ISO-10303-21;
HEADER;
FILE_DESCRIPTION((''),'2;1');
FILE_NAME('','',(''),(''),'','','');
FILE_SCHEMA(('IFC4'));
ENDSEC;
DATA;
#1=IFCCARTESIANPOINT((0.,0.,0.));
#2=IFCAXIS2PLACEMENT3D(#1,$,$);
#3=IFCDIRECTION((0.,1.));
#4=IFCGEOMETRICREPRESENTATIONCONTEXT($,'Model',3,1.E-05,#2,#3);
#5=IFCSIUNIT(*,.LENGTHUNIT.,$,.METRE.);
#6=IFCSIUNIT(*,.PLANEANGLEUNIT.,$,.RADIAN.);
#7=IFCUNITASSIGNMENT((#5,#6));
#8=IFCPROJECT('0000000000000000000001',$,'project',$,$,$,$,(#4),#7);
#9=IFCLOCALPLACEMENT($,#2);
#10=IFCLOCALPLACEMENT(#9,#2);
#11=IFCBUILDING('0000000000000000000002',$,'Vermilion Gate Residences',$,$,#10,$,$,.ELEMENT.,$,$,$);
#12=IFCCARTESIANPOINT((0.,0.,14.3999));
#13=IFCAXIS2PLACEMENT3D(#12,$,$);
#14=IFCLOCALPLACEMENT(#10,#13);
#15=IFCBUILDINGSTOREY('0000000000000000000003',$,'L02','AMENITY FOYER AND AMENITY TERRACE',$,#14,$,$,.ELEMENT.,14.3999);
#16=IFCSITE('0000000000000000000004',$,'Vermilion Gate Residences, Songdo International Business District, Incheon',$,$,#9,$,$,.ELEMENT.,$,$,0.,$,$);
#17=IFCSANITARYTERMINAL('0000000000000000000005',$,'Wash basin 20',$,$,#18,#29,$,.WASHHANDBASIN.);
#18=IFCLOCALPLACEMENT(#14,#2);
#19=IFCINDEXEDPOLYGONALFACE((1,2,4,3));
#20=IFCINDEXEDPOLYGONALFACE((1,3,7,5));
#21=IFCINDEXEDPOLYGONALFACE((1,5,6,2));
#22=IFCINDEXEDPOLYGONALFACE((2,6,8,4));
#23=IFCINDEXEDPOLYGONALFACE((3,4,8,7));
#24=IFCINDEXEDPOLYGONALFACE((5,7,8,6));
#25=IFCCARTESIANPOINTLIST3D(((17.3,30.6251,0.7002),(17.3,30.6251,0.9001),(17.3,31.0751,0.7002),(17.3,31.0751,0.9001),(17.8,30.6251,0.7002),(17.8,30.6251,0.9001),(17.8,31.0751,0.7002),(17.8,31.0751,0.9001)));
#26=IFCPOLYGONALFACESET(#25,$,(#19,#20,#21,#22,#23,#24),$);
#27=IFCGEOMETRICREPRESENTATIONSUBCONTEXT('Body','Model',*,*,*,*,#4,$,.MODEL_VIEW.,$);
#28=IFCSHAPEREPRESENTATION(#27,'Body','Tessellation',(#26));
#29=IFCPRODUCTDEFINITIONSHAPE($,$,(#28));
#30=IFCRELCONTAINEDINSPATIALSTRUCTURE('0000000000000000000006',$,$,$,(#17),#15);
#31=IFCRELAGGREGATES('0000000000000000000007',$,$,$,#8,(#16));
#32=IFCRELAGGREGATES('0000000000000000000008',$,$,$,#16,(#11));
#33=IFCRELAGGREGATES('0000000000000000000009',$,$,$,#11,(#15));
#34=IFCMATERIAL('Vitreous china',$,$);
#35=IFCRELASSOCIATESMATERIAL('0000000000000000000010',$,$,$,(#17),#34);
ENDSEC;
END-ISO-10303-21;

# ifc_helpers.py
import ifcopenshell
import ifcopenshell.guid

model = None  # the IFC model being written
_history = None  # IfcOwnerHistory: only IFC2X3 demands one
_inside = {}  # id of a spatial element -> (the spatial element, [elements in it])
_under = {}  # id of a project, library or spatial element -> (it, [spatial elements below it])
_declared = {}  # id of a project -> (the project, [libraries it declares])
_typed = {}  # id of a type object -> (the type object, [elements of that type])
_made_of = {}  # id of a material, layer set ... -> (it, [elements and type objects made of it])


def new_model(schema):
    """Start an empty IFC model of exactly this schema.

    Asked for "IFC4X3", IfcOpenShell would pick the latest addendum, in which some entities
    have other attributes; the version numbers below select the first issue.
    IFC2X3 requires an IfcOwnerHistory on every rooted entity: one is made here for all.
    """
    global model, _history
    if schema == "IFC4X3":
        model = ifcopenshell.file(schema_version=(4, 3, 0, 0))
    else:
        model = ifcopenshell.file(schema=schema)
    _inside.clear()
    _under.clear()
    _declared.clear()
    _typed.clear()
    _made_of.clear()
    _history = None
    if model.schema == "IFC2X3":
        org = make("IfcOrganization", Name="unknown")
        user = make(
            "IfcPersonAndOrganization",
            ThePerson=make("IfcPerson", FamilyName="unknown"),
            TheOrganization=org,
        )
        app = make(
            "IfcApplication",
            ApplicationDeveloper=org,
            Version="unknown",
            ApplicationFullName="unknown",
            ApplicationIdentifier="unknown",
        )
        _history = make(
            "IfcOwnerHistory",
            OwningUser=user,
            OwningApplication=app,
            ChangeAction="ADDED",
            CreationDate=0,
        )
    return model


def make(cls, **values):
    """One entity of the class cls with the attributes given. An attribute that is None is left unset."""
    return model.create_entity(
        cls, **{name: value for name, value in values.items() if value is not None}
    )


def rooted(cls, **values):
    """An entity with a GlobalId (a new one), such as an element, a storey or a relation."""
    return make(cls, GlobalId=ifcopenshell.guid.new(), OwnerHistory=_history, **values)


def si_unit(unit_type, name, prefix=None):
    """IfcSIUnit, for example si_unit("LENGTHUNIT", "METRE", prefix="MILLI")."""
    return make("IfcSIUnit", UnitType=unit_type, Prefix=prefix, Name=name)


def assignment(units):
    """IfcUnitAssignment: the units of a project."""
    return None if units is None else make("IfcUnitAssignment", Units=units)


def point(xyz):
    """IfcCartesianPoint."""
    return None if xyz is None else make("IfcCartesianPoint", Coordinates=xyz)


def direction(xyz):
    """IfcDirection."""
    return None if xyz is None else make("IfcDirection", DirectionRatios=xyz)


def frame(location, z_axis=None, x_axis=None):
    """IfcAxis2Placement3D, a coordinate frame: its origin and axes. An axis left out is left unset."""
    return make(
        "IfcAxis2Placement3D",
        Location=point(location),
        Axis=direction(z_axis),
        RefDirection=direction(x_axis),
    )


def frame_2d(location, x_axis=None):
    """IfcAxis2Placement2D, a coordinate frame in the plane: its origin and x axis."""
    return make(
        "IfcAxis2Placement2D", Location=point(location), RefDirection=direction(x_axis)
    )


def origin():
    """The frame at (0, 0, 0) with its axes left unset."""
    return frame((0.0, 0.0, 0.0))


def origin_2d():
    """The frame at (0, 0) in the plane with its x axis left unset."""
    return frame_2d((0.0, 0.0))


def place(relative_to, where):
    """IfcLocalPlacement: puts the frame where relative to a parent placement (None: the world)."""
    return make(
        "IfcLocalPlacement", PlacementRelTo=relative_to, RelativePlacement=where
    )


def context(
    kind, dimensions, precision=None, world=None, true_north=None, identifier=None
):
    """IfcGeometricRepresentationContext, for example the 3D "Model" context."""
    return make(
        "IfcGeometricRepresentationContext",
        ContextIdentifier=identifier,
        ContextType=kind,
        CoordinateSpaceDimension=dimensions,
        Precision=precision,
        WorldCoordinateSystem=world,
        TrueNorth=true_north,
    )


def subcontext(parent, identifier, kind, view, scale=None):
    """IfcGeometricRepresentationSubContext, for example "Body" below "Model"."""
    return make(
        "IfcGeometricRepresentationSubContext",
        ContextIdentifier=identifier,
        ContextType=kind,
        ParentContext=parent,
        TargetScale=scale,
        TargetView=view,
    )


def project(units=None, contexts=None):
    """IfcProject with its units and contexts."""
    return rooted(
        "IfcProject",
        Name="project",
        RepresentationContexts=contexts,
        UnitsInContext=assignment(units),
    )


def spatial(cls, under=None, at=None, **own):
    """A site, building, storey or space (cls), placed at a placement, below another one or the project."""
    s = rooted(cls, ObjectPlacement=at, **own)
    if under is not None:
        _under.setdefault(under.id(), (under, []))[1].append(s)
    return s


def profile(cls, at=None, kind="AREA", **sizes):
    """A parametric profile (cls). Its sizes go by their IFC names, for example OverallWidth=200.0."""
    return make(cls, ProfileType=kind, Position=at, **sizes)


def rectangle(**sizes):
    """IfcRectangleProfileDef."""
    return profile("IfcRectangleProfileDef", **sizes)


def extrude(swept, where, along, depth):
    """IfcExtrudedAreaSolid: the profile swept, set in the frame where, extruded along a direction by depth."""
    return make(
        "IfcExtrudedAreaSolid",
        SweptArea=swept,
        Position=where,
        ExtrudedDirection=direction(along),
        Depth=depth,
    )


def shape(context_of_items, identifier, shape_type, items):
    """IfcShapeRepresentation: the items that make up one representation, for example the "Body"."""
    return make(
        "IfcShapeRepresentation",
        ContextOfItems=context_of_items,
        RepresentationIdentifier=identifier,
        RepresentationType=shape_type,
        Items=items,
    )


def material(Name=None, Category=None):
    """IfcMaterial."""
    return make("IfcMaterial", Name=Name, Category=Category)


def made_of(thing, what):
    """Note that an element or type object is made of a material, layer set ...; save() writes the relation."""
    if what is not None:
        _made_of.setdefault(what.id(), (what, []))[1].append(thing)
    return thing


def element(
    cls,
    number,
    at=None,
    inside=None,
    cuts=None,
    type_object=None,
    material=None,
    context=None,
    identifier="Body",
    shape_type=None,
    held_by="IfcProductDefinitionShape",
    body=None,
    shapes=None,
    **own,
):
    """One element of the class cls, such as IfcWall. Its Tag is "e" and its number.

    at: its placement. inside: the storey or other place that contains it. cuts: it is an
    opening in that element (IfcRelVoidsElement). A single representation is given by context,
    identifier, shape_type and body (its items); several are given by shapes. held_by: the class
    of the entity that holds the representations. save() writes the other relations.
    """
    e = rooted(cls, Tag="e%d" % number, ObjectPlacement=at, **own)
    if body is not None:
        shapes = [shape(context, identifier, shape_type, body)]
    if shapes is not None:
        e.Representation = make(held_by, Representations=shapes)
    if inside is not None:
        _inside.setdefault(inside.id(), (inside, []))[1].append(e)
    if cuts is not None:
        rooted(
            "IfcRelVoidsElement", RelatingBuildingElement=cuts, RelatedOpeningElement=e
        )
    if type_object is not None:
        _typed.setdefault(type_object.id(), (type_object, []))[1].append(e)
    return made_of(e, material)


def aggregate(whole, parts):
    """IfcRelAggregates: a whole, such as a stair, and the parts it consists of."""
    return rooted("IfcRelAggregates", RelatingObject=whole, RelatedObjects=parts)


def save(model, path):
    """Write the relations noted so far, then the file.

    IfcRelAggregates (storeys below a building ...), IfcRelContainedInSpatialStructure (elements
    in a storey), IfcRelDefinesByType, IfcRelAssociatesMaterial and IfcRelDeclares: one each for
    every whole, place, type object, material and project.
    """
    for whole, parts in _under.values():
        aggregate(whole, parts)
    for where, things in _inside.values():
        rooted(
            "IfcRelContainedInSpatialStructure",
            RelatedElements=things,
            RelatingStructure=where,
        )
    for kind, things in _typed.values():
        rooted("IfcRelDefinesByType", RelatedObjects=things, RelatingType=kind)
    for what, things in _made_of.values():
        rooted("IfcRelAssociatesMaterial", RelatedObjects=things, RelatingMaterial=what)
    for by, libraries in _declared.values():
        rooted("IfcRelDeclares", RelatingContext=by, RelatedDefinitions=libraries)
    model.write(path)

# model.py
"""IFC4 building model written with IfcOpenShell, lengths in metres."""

from ifc_helpers import new_model, si_unit, direction, frame, origin, origin_2d, place, context, subcontext, project, spatial, rectangle, extrude, material, element, save


model = new_model("IFC4")

# Units and contexts
model_context = context("Model", 3, precision=1e-05, world=origin(), true_north=direction((0.0, 1.0)))
body_context = subcontext(model_context, "Body", "Model", "MODEL_VIEW")
ifc_project = project(units=[si_unit("LENGTHUNIT", "METRE"), si_unit("PLANEANGLEUNIT", "RADIAN")], contexts=[model_context])

# Site, building, storey
site_placement = place(None, origin())
site = spatial("IfcSite", under=ifc_project, at=site_placement, Name="Vermilion Gate Residences, Songdo International Business District, Incheon", CompositionType="ELEMENT", RefElevation=0.0)
building_placement = place(site_placement, origin())
building = spatial("IfcBuilding", under=site, at=building_placement, Name="Vermilion Gate Residences", CompositionType="ELEMENT")
storey_placement = place(building_placement, frame((0.0, 0.0, 14.3999)))
storey = spatial("IfcBuildingStorey", under=building, at=storey_placement, Name="L02", Description="AMENITY FOYER AND AMENITY TERRACE", CompositionType="ELEMENT", Elevation=14.3999)

# Sanitary terminal
ifc_material_1 = material(Name="Vitreous china")
sanitary_terminal_1_placement = place(storey_placement, frame((17.55, 30.8501, 0.7002), z_axis=(0.0, 0.0, 1.0), x_axis=(1.0, 0.0, 0.0)))
element("IfcSanitaryTerminal", 1, at=sanitary_terminal_1_placement, inside=storey, material=ifc_material_1, Name="Wash basin 20", PredefinedType="WASHHANDBASIN", context=body_context, shape_type="SweptSolid", body=[
    extrude(rectangle(XDim=0.5, YDim=0.45, at=origin_2d()), origin(), (0.0, 0.0, 1.0), 0.2),
])

save(model, "model.ifc")
